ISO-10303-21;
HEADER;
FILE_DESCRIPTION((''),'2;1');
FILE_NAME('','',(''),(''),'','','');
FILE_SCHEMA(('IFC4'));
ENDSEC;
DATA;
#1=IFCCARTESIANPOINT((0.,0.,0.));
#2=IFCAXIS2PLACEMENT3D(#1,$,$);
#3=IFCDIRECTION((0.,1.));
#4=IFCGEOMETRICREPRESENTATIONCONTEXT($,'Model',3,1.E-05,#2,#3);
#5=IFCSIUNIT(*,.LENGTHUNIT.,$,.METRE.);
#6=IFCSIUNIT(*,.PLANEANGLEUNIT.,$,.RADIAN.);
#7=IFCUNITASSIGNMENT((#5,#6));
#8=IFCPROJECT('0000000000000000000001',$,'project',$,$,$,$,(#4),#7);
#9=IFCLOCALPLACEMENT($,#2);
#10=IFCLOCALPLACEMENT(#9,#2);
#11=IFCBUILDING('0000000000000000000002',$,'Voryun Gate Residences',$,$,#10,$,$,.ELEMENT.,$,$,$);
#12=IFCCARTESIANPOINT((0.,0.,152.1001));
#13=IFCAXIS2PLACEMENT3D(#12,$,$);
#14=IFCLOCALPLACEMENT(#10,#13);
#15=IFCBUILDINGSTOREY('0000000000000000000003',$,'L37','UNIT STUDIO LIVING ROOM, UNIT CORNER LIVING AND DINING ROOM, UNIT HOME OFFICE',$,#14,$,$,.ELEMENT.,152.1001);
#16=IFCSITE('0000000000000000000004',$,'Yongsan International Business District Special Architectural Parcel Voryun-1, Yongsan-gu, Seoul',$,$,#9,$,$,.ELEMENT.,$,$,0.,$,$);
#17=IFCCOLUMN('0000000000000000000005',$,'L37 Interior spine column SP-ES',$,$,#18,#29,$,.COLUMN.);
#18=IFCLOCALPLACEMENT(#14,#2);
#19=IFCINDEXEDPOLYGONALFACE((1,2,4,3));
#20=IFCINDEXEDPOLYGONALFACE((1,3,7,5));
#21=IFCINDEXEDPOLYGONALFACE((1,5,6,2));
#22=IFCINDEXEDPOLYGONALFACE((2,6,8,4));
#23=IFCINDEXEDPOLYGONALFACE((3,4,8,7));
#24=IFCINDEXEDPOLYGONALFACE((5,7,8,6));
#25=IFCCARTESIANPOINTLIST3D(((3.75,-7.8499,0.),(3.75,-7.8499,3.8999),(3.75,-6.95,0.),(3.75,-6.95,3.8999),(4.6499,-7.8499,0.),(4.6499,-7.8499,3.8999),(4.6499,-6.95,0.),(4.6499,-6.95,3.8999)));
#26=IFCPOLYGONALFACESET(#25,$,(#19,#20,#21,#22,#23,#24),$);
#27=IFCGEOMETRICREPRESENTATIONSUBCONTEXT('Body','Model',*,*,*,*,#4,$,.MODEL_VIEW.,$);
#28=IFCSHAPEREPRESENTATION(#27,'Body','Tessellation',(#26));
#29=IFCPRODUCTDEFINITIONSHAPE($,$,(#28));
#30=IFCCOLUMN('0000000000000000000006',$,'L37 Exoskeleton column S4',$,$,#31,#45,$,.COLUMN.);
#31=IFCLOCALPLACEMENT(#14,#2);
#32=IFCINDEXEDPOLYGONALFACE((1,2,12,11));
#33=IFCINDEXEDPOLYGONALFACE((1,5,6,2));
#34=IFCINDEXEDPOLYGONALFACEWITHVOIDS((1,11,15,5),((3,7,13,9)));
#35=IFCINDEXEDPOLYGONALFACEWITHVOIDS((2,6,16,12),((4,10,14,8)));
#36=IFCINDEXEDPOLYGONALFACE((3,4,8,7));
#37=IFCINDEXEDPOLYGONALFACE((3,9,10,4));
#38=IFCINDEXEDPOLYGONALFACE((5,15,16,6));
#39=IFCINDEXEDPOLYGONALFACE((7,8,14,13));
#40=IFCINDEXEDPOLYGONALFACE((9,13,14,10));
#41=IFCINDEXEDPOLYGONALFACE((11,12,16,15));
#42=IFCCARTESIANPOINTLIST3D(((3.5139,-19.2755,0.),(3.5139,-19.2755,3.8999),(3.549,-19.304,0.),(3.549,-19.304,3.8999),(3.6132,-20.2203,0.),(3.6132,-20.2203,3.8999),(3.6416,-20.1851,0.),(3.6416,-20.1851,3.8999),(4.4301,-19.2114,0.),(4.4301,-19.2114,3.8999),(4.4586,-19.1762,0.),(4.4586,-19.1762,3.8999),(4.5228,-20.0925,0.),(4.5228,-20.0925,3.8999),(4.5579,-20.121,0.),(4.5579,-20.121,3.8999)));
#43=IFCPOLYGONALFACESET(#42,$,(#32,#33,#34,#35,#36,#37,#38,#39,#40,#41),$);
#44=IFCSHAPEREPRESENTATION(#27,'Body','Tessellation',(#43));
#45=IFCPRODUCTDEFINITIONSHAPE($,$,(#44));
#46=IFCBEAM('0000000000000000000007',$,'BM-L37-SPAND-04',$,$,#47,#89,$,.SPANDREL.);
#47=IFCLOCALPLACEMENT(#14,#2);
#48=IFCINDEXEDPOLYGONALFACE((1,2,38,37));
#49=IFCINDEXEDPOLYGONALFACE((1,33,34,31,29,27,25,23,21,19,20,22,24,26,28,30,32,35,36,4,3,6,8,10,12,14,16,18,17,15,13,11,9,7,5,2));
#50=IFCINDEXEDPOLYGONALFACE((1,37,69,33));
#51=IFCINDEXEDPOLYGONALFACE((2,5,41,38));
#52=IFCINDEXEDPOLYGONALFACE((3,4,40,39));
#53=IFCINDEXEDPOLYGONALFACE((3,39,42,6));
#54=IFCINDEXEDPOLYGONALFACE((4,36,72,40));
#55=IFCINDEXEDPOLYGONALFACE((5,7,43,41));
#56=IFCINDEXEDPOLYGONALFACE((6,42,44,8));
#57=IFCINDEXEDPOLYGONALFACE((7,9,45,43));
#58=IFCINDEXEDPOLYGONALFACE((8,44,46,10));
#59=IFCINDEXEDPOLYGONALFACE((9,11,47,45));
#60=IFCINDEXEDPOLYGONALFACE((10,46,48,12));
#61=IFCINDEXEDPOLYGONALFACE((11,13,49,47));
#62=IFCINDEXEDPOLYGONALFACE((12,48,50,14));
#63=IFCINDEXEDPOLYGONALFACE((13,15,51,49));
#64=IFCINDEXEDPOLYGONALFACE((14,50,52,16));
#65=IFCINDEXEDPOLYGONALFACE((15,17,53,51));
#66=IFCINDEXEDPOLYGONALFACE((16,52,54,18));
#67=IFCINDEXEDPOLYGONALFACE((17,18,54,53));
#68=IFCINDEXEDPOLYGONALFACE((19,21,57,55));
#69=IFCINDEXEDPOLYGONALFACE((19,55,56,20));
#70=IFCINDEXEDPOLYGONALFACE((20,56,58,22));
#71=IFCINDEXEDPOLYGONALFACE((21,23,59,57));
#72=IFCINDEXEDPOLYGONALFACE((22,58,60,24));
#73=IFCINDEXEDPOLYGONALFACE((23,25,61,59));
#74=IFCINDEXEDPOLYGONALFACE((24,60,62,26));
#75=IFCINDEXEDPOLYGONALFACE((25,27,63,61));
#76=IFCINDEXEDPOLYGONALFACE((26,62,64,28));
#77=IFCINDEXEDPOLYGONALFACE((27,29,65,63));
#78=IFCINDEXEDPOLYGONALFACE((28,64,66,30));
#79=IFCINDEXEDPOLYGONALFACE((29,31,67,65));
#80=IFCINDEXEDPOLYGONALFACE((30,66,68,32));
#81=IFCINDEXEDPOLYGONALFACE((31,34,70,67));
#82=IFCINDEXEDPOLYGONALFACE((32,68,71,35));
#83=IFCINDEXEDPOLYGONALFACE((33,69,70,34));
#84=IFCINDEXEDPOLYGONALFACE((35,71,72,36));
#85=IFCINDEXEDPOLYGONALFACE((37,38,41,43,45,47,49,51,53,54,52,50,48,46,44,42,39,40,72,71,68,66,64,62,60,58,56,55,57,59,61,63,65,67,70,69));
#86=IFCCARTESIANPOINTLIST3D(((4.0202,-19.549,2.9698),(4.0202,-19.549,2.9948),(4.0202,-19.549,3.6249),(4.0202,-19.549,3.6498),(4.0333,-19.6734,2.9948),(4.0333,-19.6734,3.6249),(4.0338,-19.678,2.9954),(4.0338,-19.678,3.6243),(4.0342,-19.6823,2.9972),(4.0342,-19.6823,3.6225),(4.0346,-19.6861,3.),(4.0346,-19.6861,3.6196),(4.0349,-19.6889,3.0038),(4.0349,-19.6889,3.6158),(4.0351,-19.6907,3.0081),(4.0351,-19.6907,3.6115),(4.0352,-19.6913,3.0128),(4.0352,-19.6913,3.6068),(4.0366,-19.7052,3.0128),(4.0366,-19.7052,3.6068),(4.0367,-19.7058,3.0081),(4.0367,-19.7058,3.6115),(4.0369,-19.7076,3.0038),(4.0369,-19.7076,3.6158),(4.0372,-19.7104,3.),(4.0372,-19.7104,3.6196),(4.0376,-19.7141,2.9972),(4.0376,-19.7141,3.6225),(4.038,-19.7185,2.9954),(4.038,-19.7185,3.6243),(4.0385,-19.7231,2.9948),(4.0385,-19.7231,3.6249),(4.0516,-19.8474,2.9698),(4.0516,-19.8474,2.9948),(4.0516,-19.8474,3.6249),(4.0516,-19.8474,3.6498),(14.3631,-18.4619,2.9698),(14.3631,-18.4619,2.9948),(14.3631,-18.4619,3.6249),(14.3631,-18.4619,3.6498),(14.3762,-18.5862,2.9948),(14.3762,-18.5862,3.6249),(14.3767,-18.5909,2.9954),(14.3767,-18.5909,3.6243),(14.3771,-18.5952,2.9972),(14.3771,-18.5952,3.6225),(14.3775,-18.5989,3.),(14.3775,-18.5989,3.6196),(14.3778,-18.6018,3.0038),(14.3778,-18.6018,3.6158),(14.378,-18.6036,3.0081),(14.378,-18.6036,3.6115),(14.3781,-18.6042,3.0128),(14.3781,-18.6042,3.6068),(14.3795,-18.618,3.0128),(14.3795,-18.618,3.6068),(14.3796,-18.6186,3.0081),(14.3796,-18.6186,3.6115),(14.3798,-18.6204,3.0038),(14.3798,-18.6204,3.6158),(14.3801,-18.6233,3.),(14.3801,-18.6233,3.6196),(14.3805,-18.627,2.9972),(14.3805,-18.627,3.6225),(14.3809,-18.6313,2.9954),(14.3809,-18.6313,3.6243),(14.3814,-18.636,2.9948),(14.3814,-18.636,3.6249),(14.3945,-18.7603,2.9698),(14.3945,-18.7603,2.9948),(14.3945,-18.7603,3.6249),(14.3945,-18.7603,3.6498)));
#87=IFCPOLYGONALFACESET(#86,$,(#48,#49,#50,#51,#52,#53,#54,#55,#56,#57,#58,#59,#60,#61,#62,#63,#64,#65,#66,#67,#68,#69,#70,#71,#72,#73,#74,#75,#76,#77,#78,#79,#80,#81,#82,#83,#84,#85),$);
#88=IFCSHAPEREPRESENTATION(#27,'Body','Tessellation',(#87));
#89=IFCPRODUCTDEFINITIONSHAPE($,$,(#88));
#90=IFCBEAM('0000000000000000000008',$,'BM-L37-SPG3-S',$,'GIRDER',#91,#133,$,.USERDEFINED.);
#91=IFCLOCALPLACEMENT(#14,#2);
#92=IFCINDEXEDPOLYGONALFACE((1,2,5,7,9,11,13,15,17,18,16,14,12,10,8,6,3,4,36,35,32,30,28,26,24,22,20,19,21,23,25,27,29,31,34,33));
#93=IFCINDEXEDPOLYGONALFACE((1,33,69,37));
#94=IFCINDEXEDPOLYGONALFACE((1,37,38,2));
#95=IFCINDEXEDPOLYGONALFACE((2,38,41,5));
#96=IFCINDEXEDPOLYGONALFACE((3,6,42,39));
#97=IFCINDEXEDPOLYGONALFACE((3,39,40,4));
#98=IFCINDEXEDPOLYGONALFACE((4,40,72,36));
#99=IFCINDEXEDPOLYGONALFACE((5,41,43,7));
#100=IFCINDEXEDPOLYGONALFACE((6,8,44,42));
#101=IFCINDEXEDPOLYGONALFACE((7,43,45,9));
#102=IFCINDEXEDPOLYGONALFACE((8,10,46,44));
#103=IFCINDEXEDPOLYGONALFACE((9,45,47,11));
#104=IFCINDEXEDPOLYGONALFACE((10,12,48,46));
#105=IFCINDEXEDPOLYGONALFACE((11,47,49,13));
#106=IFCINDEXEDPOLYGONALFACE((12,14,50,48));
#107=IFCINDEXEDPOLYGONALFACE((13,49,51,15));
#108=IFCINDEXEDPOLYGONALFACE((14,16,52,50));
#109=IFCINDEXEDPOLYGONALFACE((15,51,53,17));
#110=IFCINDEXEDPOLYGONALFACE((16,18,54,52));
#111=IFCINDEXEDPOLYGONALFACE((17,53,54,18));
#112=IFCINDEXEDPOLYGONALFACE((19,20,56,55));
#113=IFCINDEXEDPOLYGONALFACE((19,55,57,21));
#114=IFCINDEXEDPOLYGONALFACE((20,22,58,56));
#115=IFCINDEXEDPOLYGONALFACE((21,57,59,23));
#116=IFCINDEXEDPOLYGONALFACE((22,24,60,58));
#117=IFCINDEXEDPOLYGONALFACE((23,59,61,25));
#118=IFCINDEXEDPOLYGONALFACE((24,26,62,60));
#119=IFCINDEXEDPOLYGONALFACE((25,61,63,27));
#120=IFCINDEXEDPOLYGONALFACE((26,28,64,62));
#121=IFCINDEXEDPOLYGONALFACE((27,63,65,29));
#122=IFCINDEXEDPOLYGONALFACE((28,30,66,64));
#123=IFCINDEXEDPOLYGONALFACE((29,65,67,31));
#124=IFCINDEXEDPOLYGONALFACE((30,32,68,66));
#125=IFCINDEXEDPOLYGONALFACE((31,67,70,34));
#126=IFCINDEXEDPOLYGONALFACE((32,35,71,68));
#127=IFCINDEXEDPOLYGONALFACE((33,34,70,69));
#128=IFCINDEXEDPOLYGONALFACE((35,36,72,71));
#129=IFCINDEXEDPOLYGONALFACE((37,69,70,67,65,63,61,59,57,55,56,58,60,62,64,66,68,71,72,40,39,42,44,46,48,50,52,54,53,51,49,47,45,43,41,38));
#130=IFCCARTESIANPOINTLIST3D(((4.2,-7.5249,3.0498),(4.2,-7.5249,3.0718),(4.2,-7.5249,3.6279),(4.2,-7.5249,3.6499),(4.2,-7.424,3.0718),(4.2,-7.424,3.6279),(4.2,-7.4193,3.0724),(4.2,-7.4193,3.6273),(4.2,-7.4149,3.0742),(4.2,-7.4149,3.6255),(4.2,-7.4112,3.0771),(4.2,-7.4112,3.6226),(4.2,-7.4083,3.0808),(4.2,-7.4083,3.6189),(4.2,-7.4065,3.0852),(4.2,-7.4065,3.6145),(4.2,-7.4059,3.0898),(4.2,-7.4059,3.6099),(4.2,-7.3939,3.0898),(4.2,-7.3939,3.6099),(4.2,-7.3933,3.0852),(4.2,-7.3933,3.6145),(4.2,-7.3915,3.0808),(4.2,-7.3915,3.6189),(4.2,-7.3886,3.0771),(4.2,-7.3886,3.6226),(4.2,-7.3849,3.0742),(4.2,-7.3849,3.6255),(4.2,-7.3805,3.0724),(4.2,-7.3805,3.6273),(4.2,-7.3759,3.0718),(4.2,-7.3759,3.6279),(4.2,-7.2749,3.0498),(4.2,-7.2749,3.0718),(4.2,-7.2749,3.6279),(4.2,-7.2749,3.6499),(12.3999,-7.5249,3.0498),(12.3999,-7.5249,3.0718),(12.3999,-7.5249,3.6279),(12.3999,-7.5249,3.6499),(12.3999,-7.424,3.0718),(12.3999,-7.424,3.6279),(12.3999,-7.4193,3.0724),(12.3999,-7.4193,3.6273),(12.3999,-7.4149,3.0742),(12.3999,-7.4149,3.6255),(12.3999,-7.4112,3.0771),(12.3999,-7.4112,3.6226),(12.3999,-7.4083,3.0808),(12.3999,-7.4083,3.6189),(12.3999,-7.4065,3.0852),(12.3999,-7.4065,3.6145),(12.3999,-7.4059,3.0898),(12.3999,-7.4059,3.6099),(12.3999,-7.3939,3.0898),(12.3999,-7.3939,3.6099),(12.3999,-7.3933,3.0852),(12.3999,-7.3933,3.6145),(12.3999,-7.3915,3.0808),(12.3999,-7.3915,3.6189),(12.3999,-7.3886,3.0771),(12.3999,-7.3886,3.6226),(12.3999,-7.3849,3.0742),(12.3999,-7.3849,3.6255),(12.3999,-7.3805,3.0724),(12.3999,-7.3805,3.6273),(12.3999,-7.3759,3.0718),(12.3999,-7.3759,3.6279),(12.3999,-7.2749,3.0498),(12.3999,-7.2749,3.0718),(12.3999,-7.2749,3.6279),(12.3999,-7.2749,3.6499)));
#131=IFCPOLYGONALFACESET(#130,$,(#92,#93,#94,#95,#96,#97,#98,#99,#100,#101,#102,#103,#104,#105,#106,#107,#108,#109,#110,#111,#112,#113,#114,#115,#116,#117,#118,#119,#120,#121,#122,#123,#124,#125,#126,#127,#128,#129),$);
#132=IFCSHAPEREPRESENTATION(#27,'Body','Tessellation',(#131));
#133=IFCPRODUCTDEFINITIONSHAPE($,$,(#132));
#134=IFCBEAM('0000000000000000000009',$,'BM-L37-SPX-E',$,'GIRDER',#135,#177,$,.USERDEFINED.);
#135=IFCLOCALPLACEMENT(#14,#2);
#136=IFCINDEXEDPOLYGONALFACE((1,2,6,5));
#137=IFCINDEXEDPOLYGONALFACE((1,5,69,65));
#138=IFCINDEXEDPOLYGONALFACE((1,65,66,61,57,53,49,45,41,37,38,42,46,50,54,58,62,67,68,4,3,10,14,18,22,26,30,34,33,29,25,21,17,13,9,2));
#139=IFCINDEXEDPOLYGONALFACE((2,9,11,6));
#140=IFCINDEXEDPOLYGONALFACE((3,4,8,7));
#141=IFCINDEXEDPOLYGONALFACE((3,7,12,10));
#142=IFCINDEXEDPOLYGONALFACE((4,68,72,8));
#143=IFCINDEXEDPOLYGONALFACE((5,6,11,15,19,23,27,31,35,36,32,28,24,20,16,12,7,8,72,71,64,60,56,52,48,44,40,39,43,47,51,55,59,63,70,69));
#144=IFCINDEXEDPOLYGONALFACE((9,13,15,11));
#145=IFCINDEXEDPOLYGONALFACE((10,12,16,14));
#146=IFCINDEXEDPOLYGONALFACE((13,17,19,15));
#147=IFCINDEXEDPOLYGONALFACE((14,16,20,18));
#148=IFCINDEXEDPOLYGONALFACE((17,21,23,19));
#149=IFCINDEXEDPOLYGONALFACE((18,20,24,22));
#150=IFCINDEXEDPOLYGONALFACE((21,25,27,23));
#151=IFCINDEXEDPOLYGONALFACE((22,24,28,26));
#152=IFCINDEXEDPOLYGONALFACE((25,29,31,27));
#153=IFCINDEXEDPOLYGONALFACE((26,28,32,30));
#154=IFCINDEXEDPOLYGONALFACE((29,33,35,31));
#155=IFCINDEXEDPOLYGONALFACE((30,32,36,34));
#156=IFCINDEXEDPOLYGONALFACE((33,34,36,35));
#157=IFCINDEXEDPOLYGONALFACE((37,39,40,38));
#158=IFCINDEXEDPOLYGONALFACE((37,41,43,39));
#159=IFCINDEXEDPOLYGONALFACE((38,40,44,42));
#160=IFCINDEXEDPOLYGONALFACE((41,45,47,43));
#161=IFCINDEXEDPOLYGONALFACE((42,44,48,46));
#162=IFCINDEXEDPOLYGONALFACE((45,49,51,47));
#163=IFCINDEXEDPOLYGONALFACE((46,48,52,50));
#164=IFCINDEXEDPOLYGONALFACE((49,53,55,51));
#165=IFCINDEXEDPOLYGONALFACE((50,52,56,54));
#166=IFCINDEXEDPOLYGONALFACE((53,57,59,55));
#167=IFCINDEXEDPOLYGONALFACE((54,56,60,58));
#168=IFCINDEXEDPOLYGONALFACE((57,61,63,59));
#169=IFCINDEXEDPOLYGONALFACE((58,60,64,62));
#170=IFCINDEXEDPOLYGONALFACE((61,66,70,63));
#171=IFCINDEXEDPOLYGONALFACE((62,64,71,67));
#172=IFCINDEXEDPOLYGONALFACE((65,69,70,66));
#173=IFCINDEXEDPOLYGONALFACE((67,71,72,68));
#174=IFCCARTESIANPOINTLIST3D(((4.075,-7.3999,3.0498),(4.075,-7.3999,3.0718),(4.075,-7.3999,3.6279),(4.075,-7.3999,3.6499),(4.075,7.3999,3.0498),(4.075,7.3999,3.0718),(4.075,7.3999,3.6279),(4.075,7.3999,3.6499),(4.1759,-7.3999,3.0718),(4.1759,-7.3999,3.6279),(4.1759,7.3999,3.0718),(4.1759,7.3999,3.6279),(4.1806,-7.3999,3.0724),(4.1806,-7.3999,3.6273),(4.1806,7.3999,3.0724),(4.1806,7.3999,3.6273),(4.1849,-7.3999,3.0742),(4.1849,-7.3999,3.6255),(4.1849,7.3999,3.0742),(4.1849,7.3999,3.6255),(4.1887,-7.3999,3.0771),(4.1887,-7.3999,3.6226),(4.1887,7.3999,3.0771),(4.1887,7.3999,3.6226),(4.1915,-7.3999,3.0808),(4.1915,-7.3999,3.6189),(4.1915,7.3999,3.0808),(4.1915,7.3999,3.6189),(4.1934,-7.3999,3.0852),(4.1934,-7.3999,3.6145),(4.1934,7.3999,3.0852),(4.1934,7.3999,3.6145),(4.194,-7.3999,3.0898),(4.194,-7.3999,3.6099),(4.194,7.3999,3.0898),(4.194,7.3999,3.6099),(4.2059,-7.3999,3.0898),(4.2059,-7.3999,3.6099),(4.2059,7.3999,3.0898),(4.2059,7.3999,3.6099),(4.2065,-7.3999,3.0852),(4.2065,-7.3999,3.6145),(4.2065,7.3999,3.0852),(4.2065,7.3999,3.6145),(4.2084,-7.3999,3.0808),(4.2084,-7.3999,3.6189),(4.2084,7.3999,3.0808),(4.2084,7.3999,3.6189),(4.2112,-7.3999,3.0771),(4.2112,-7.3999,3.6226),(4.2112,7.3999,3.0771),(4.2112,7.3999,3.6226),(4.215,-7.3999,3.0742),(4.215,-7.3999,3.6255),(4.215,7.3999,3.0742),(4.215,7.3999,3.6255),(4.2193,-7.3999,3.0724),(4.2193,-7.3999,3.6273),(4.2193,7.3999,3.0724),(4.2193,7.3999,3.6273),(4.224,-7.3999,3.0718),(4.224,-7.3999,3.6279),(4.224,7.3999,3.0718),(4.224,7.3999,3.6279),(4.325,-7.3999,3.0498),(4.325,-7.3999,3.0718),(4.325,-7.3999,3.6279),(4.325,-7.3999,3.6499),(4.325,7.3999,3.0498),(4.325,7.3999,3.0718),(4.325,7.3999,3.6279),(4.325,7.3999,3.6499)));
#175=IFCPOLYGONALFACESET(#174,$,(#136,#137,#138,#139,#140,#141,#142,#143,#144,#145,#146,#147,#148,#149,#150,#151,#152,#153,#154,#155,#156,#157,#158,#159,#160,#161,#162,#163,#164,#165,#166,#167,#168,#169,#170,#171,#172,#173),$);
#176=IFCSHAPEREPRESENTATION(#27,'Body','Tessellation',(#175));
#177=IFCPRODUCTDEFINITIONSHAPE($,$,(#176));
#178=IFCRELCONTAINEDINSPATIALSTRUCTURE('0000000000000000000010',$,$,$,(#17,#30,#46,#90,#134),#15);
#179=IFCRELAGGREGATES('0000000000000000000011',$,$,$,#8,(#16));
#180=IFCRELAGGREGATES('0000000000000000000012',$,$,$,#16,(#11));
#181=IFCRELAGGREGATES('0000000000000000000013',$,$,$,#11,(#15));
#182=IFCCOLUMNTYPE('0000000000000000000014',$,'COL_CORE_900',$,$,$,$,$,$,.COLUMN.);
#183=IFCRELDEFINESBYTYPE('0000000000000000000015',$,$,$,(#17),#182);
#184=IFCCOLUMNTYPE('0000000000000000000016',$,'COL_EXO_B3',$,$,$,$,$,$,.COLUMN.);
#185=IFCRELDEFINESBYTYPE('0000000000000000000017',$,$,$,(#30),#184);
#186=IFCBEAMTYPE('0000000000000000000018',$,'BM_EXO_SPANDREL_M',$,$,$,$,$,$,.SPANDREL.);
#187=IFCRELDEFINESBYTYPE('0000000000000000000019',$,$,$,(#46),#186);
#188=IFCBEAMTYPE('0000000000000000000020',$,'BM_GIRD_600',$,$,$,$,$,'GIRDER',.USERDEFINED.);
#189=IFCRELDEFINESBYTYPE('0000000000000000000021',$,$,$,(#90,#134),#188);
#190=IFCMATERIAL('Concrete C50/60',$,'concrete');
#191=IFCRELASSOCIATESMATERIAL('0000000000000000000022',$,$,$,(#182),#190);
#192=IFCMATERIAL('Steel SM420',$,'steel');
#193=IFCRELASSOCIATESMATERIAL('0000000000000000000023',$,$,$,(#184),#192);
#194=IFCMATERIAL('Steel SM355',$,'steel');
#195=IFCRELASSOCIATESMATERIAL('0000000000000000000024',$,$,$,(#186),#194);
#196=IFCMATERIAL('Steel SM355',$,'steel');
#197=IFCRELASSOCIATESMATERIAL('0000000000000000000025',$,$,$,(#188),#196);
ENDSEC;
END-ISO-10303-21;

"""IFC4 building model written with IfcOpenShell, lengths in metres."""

from ifc_helpers import new_model, si_unit, direction, frame, origin, origin_2d, place, context, subcontext, project, spatial, rectangle, hollow_rectangle, i_section, extrude, material, material_profile, profile_set, type_object, element, save


model = new_model("IFC4")

# Units and contexts
model_context = context("Model", 3, precision=1e-05, world=origin(), true_north=direction((0.0, 1.0)))
body_context = subcontext(model_context, "Body", "Model", "MODEL_VIEW")
ifc_project = project(units=[si_unit("LENGTHUNIT", "METRE"), si_unit("PLANEANGLEUNIT", "RADIAN")], contexts=[model_context])

# Site, building, storey
site_placement = place(None, origin())
site = spatial("IfcSite", under=ifc_project, at=site_placement, Name="Yongsan International Business District Special Architectural Parcel Voryun-1, Yongsan-gu, Seoul", CompositionType="ELEMENT", RefElevation=0.0)
building_placement = place(site_placement, origin())
building = spatial("IfcBuilding", under=site, at=building_placement, Name="Voryun Gate Residences", CompositionType="ELEMENT")
storey_placement = place(building_placement, frame((0.0, 0.0, 152.1001)))
storey = spatial("IfcBuildingStorey", under=building, at=storey_placement, Name="L37", Description="UNIT STUDIO LIVING ROOM, UNIT CORNER LIVING AND DINING ROOM, UNIT HOME OFFICE", CompositionType="ELEMENT", Elevation=152.1001)

# Columns
ifc_material_1 = material(Name="Concrete C50/60", Category="concrete")
ifc_material_profile_1 = material_profile(ifc_material_1, rectangle(XDim=0.8999, YDim=0.8999, at=origin_2d()), Name="RC-900x900")
ifc_profile_set_1 = profile_set([ifc_material_profile_1], Name="Concrete C50/60")
column_type_1 = type_object("IfcColumnType", Name="COL_CORE_900", PredefinedType="COLUMN", material=ifc_profile_set_1)
column_1_placement = place(storey_placement, frame((4.2, -7.3999, 0.0), z_axis=(0.0, 0.0, 1.0), x_axis=(1.0, 0.0, 0.0)))
element("IfcColumn", 1, at=column_1_placement, inside=storey, type_object=column_type_1, Name="L37 Interior spine column SP-ES", PredefinedType="COLUMN", context=body_context, shape_type="SweptSolid", body=[
    extrude(rectangle(XDim=0.8999, YDim=0.8999, at=origin_2d()), origin(), (0.0, 0.0, 1.0), 3.8999),
])
ifc_material_2 = material(Name="Steel SM420", Category="steel")
ifc_material_profile_2 = material_profile(ifc_material_2, hollow_rectangle(XDim=0.95, YDim=0.95, WallThickness=0.032, at=origin_2d()), Name="BOX-950x950x32")
ifc_profile_set_2 = profile_set([ifc_material_profile_2], Name="Steel SM420")
column_type_2 = type_object("IfcColumnType", Name="COL_EXO_B3", PredefinedType="COLUMN", material=ifc_profile_set_2)
column_2_placement = place(storey_placement, frame((4.0359, -19.6982, 0.0), z_axis=(0.0, 0.0, 1.0), x_axis=(0.994522, 0.104528, 0.0)))
element("IfcColumn", 2, at=column_2_placement, inside=storey, type_object=column_type_2, Name="L37 Exoskeleton column S4", PredefinedType="COLUMN", context=body_context, shape_type="SweptSolid", body=[
    extrude(hollow_rectangle(XDim=0.95, YDim=0.95, WallThickness=0.032, at=origin_2d()), origin(), (0.0, 0.0, 1.0), 3.8999),
])

# Beams
ifc_material_3 = material(Name="Steel SM355", Category="steel")
ifc_material_profile_3 = material_profile(ifc_material_3, i_section(OverallWidth=0.3, OverallDepth=0.6799, WebThickness=0.0139, FlangeThickness=0.0249, FilletRadius=0.0181, at=origin_2d()), Name="H-680x300x14x25")
ifc_profile_set_3 = profile_set([ifc_material_profile_3], Name="Steel SM355")
beam_type_1 = type_object("IfcBeamType", Name="BM_EXO_SPANDREL_M", PredefinedType="SPANDREL", material=ifc_profile_set_3)
beam_1_placement = place(storey_placement, frame((4.0359, -19.6982, 3.3098), z_axis=(0.994521, 0.104534, 0.0), x_axis=(-0.104534, 0.994521, 0.0)))
element("IfcBeam", 3, at=beam_1_placement, inside=storey, type_object=beam_type_1, Name="BM-L37-SPAND-04", PredefinedType="SPANDREL", context=body_context, shape_type="SweptSolid", body=[
    extrude(i_section(OverallWidth=0.3, OverallDepth=0.6799, WebThickness=0.0139, FlangeThickness=0.0249, FilletRadius=0.0181, at=origin_2d()), origin(), (0.0, 0.0, 1.0), 10.3999),
])
ifc_material_4 = material(Name="Steel SM355", Category="steel")
ifc_material_profile_4 = material_profile(ifc_material_4, i_section(OverallWidth=0.25, OverallDepth=0.6001, WebThickness=0.012, FlangeThickness=0.022, FilletRadius=0.0181, at=origin_2d()), Name="H-600x250x12x22")
ifc_profile_set_4 = profile_set([ifc_material_profile_4], Name="Steel SM355")
beam_type_2 = type_object("IfcBeamType", Name="BM_GIRD_600", ElementType="GIRDER", PredefinedType="USERDEFINED", material=ifc_profile_set_4)
beam_2_placement = place(storey_placement, frame((4.2, -7.3999, 3.3499), z_axis=(1.0, 0.0, 0.0), x_axis=(0.0, 1.0, 0.0)))
element("IfcBeam", 4, at=beam_2_placement, inside=storey, type_object=beam_type_2, Name="BM-L37-SPG3-S", ObjectType="GIRDER", PredefinedType="USERDEFINED", context=body_context, shape_type="SweptSolid", body=[
    extrude(i_section(OverallWidth=0.25, OverallDepth=0.6001, WebThickness=0.012, FlangeThickness=0.022, FilletRadius=0.0181, at=origin_2d()), origin(), (0.0, 0.0, 1.0), 8.2),
])
beam_3_placement = place(storey_placement, frame((4.2, -7.3999, 3.3499), z_axis=(0.0, 1.0, 0.0), x_axis=(-1.0, 0.0, 0.0)))
element("IfcBeam", 5, at=beam_3_placement, inside=storey, type_object=beam_type_2, Name="BM-L37-SPX-E", ObjectType="GIRDER", PredefinedType="USERDEFINED", context=body_context, shape_type="SweptSolid", body=[
    extrude(i_section(OverallWidth=0.25, OverallDepth=0.6001, WebThickness=0.012, FlangeThickness=0.022, FilletRadius=0.0181, at=origin_2d()), origin(), (0.0, 0.0, 1.0), 14.7998),
])

save(model, "model.ifc")
